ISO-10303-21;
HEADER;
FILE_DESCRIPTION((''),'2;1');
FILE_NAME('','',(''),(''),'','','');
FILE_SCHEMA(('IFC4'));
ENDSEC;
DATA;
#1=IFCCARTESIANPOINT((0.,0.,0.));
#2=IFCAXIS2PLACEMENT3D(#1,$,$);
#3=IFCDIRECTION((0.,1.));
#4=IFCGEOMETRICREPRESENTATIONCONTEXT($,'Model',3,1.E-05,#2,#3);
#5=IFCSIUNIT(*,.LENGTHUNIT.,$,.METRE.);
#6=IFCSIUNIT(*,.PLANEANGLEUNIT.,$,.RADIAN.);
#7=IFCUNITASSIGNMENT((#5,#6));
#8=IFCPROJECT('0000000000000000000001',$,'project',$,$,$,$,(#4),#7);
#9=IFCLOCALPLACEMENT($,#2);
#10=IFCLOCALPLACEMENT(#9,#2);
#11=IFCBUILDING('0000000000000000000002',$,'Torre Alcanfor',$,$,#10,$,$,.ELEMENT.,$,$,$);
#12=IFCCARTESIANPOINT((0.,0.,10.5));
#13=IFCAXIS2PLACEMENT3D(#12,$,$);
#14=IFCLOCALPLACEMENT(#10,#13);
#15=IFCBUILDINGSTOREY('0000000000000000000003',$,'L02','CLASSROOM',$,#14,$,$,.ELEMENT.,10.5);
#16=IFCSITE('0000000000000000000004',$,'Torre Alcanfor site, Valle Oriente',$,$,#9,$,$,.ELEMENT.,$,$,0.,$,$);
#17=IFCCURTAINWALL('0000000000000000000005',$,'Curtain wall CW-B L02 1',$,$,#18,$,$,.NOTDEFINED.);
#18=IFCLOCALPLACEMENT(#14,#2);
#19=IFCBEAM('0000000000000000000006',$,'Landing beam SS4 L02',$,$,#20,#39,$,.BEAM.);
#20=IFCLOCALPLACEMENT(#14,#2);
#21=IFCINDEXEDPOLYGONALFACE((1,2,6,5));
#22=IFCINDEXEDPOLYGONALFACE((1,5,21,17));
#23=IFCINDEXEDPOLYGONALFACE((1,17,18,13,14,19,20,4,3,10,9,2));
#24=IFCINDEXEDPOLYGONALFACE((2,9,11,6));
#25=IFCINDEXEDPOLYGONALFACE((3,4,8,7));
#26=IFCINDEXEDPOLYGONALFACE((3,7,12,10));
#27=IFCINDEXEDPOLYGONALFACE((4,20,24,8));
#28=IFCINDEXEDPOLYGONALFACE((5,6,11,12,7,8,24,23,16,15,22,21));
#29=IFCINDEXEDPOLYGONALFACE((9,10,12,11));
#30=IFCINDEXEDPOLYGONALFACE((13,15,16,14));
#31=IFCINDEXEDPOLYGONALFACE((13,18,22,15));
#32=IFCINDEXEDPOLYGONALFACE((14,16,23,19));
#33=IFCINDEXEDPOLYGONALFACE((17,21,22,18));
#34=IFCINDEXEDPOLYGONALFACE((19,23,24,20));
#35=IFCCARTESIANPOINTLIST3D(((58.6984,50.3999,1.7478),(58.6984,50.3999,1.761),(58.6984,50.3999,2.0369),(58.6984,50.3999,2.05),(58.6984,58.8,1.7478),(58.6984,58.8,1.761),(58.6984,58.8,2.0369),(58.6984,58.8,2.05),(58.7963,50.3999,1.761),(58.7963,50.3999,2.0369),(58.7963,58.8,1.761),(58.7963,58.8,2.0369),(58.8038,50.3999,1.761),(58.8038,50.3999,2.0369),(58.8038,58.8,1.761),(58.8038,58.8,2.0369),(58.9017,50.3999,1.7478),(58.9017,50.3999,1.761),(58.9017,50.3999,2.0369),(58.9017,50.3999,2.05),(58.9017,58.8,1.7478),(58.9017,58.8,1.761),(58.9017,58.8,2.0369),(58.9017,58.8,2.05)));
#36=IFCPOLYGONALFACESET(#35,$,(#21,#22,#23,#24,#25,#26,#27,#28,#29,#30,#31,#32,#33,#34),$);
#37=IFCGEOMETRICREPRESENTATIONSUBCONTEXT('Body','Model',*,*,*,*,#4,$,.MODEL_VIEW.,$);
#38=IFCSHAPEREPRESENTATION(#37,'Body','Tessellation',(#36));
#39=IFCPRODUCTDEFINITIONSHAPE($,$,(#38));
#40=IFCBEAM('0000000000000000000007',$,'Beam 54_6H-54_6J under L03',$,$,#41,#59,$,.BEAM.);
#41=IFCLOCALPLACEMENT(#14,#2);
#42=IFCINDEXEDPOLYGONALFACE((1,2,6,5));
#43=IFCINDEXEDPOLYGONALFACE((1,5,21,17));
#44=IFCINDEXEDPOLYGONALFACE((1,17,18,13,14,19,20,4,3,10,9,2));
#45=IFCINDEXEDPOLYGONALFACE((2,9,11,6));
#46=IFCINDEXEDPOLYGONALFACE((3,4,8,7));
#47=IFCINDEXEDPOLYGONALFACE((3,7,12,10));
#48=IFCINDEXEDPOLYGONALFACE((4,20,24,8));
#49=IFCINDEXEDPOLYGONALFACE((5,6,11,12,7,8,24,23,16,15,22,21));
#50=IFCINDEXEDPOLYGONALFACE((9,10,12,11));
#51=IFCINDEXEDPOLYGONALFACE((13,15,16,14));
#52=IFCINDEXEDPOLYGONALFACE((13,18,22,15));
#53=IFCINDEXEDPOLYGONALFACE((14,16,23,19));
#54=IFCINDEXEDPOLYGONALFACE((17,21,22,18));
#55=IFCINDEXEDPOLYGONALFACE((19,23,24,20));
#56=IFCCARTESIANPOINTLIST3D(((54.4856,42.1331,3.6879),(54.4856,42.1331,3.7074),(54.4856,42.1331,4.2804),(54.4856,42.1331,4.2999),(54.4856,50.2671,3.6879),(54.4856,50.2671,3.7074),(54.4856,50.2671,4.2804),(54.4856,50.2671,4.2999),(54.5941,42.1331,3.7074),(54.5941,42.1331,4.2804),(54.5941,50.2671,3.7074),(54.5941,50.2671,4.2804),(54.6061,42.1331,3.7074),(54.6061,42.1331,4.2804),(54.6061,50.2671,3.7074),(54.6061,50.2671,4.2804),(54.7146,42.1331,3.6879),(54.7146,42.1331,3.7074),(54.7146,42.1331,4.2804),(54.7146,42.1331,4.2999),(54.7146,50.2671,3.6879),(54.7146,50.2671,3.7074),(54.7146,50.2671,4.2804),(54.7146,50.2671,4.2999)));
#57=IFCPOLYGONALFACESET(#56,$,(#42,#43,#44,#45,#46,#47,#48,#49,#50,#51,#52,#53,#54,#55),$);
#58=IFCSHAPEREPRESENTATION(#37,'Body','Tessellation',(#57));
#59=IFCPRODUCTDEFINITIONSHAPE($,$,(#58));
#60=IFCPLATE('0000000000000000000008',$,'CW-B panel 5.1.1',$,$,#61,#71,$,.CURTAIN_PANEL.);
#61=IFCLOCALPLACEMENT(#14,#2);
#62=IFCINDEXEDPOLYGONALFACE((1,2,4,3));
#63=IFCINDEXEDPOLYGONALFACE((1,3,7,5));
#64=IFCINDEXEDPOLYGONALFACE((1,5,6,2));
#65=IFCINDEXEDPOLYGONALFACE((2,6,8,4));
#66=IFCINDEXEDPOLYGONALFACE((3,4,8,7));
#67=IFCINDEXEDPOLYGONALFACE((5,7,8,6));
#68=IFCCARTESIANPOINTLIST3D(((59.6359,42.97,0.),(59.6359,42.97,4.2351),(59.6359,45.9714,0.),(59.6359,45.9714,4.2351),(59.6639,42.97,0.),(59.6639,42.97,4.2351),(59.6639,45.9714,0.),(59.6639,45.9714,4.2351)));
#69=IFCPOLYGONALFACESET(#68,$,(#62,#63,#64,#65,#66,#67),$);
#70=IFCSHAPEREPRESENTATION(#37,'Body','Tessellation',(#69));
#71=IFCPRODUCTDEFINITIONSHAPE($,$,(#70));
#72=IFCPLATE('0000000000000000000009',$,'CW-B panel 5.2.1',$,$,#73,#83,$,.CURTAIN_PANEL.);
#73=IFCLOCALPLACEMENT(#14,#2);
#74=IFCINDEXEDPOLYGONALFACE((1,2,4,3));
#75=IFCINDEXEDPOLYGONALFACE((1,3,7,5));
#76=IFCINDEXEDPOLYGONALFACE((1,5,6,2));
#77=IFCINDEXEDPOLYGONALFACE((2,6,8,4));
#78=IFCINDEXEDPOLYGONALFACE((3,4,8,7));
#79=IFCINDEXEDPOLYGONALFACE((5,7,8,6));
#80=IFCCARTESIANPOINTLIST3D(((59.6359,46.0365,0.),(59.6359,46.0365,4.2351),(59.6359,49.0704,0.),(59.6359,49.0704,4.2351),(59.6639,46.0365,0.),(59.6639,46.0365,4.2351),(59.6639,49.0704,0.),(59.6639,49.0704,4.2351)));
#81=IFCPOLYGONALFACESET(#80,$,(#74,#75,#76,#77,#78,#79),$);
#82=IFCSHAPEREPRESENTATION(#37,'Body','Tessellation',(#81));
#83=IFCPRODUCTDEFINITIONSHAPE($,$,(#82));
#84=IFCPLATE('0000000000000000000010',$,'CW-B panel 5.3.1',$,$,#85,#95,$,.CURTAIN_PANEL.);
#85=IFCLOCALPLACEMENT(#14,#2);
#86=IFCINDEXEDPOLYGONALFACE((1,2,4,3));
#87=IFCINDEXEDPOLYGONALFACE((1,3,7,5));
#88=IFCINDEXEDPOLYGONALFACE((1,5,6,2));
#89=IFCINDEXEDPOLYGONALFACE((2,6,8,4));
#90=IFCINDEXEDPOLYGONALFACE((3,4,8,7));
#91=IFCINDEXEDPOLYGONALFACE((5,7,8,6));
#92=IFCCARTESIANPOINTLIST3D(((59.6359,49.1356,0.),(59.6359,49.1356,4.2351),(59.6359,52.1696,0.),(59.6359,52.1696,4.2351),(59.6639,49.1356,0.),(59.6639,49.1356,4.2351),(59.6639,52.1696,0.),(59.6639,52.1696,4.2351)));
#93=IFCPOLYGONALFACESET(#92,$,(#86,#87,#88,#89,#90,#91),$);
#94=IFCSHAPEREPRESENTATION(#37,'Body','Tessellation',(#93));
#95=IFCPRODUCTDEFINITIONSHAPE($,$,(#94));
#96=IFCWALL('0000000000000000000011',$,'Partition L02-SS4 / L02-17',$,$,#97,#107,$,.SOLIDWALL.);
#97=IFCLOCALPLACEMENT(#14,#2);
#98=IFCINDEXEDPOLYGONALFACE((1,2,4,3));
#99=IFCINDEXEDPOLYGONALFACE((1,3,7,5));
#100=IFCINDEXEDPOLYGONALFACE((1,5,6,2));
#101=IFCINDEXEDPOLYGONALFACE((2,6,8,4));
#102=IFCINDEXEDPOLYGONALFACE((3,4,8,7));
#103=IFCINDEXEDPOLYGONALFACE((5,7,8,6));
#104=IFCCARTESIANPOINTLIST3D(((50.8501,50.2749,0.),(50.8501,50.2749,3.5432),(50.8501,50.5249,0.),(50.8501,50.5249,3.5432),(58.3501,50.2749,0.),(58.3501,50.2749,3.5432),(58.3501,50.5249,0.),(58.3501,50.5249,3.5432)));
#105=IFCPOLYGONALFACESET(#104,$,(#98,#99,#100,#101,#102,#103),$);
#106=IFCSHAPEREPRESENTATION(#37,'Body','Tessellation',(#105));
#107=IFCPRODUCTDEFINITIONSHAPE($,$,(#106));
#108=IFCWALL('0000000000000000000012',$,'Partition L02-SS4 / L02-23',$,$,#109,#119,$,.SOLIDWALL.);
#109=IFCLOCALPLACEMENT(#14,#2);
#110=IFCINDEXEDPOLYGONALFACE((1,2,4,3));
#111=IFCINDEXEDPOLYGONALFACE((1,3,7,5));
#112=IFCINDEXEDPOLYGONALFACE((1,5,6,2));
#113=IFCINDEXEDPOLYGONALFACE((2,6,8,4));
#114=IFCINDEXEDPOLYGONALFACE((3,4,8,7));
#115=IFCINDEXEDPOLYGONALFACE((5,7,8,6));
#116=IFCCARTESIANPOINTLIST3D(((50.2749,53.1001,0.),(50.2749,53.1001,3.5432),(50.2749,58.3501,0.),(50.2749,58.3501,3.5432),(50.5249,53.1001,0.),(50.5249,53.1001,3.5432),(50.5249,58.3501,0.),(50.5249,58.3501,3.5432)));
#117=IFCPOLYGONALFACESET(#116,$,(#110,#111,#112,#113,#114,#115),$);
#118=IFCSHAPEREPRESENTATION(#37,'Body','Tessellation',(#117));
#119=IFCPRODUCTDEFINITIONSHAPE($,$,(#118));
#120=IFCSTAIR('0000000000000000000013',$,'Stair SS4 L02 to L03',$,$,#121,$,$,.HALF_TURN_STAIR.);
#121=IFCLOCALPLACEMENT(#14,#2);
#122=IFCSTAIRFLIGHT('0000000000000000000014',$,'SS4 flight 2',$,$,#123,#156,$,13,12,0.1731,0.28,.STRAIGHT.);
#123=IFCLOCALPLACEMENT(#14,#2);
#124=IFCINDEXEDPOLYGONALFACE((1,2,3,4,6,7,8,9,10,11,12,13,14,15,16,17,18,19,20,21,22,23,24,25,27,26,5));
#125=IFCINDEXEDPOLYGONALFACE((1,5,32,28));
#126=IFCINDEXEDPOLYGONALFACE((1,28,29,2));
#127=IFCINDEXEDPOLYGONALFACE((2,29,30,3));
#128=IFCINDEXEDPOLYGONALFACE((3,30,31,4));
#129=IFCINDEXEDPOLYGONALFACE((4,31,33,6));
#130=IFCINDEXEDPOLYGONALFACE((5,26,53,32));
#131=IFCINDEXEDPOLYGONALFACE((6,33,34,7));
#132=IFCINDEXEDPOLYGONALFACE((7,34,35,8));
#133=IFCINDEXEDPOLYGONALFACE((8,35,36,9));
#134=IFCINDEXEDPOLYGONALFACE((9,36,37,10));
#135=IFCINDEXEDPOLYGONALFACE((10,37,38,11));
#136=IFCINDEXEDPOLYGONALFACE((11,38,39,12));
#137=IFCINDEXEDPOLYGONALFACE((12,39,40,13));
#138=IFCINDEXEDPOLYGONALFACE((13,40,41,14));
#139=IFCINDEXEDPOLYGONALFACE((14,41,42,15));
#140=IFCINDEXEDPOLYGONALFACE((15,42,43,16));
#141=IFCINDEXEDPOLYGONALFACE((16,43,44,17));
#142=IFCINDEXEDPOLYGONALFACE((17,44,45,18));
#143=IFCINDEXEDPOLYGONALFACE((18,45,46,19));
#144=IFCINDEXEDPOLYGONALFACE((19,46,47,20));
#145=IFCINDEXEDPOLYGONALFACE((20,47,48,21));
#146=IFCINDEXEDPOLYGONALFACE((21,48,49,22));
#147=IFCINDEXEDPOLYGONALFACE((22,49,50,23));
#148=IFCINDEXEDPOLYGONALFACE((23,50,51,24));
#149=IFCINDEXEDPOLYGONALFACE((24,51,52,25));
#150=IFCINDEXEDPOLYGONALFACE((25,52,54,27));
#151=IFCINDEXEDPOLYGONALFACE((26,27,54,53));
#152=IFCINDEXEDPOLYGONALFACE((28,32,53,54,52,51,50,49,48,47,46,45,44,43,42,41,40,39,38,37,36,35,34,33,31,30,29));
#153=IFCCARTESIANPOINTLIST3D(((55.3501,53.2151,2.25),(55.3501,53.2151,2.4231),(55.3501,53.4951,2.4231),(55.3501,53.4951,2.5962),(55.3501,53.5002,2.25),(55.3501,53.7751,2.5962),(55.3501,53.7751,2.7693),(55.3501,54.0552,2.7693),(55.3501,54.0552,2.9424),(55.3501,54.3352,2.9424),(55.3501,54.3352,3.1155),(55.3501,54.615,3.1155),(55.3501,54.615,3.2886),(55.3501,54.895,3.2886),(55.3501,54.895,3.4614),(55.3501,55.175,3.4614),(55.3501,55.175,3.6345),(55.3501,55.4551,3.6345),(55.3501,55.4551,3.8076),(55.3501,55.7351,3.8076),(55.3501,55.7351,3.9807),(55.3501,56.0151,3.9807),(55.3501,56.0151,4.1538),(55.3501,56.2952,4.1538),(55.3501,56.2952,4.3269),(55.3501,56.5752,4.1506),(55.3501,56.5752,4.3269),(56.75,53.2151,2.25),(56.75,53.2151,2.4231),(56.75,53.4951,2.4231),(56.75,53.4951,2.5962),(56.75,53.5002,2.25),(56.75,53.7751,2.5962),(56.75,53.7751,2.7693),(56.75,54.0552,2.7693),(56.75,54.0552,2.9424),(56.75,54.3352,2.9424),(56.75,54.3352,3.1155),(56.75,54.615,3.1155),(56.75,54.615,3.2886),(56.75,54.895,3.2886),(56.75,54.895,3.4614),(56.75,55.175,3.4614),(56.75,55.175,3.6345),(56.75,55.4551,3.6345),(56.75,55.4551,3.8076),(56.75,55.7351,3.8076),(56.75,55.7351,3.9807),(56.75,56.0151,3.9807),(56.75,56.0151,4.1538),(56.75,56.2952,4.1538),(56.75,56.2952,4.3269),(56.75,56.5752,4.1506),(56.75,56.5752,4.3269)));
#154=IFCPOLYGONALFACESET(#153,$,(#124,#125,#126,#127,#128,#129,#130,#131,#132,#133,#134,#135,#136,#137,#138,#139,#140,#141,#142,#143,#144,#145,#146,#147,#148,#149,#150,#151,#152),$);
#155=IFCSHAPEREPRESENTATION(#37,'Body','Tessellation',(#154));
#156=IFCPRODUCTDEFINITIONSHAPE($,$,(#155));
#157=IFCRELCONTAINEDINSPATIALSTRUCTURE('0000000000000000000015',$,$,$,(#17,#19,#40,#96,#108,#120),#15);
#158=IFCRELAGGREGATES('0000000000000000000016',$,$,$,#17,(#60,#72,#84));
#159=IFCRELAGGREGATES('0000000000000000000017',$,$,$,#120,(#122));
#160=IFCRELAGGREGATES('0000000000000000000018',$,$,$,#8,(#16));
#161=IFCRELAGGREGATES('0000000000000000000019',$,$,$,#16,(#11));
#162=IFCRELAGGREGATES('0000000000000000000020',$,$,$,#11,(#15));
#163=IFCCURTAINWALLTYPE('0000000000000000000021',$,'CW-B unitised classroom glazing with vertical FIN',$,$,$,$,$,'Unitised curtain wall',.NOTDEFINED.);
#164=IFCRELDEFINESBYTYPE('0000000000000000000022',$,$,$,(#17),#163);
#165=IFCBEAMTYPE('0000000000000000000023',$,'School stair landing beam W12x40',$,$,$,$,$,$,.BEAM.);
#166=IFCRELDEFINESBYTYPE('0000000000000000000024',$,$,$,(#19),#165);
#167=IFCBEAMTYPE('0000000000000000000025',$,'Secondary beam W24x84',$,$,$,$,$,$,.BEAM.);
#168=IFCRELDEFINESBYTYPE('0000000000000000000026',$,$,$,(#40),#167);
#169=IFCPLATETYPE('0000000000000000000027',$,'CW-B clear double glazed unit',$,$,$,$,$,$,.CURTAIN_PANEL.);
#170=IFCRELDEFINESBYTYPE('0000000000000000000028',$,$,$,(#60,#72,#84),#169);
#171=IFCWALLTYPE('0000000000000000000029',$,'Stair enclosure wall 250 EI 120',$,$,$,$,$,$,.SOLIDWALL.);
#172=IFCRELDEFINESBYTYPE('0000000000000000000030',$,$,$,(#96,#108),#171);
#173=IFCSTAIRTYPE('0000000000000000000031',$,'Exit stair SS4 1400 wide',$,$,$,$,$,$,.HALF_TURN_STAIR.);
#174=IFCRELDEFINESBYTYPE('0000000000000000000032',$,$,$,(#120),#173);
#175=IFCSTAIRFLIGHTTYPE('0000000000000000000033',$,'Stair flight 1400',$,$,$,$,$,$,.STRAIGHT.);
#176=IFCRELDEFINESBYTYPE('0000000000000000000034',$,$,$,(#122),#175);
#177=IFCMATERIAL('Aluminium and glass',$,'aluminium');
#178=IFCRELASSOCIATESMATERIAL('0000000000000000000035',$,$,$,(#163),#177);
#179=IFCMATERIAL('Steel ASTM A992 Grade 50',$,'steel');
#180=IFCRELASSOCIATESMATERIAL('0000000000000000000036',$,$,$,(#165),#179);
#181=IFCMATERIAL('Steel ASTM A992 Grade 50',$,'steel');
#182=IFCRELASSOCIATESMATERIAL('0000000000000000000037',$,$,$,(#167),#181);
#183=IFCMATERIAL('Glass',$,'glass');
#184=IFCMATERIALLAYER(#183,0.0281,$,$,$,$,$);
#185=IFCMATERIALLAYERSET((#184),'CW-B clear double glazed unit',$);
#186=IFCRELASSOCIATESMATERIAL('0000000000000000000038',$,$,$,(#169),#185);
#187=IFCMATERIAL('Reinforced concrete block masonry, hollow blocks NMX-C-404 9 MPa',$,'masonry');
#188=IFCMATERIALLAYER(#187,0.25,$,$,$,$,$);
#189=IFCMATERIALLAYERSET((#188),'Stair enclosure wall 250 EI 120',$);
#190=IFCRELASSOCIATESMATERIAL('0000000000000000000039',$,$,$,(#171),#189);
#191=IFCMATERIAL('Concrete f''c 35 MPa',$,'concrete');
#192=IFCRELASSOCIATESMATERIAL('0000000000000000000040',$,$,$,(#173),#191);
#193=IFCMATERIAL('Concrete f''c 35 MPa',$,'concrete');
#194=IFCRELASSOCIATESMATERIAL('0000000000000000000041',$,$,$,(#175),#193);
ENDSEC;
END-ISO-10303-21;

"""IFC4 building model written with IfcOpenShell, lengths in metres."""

from ifc_helpers import new_model, si_unit, direction, frame, frame_2d, origin, origin_2d, place, context, subcontext, project, spatial, polyline, rectangle, i_section, outline, extrude, material, layer, layer_set, material_profile, profile_set, type_object, element, aggregate, save


model = new_model("IFC4")

# Units and contexts
model_context = context("Model", 3, precision=1e-05, world=origin(), true_north=direction((0.0, 1.0)))
body_context = subcontext(model_context, "Body", "Model", "MODEL_VIEW")
ifc_project = project(units=[si_unit("LENGTHUNIT", "METRE"), si_unit("PLANEANGLEUNIT", "RADIAN")], contexts=[model_context])

# Site, building, storey
site_placement = place(None, origin())
site = spatial("IfcSite", under=ifc_project, at=site_placement, Name="Torre Alcanfor site, Valle Oriente", CompositionType="ELEMENT", RefElevation=0.0)
building_placement = place(site_placement, origin())
building = spatial("IfcBuilding", under=site, at=building_placement, Name="Torre Alcanfor", CompositionType="ELEMENT")
storey_placement = place(building_placement, frame((0.0, 0.0, 10.5)))
storey = spatial("IfcBuildingStorey", under=building, at=storey_placement, Name="L02", Description="CLASSROOM", CompositionType="ELEMENT", Elevation=10.5)

# Curtain wall
ifc_material_1 = material(Name="Aluminium and glass", Category="aluminium")
curtain_wall_type = type_object("IfcCurtainWallType", Name="CW-B unitised classroom glazing with vertical FIN", ElementType="Unitised curtain wall", PredefinedType="NOTDEFINED", material=ifc_material_1)
curtain_wall_placement = place(storey_placement, origin())
curtain_wall = element("IfcCurtainWall", 1, at=curtain_wall_placement, inside=storey, type_object=curtain_wall_type, Name="Curtain wall CW-B L02 1", PredefinedType="NOTDEFINED")

# Beams
ifc_material_2 = material(Name="Steel ASTM A992 Grade 50", Category="steel")
ifc_material_profile_1 = material_profile(ifc_material_2, i_section(OverallWidth=0.2034, OverallDepth=0.3022, WebThickness=0.0076, FlangeThickness=0.0132, at=origin_2d()), Name="W12x40")
ifc_profile_set_1 = profile_set([ifc_material_profile_1], Name="Steel ASTM A992 Grade 50")
beam_type_1 = type_object("IfcBeamType", Name="School stair landing beam W12x40", PredefinedType="BEAM", material=ifc_profile_set_1)
beam_1_placement = place(storey_placement, frame((58.8, 50.3999, 1.8989), z_axis=(0.0, 1.0, 0.0), x_axis=(-1.0, 0.0, 0.0)))
element("IfcBeam", 2, at=beam_1_placement, inside=storey, type_object=beam_type_1, Name="Landing beam SS4 L02", PredefinedType="BEAM", context=body_context, shape_type="SweptSolid", body=[
    extrude(i_section(OverallWidth=0.2034, OverallDepth=0.3022, WebThickness=0.0076, FlangeThickness=0.0132, at=origin_2d()), origin(), (0.0, 0.0, 1.0), 8.4001),
])
ifc_material_3 = material(Name="Steel ASTM A992 Grade 50", Category="steel")
ifc_material_profile_2 = material_profile(ifc_material_3, i_section(OverallWidth=0.229, OverallDepth=0.6121, WebThickness=0.012, FlangeThickness=0.0195, at=origin_2d()), Name="W24x84")
ifc_profile_set_2 = profile_set([ifc_material_profile_2], Name="Steel ASTM A992 Grade 50")
beam_type_2 = type_object("IfcBeamType", Name="Secondary beam W24x84", PredefinedType="BEAM", material=ifc_profile_set_2)
beam_2_placement = place(storey_placement, frame((54.6001, 42.1331, 3.9939), z_axis=(0.0, 1.0, 0.0), x_axis=(-1.0, 0.0, 0.0)))
element("IfcBeam", 3, at=beam_2_placement, inside=storey, type_object=beam_type_2, Name="Beam 54_6H-54_6J under L03", PredefinedType="BEAM", context=body_context, shape_type="SweptSolid", body=[
    extrude(i_section(OverallWidth=0.229, OverallDepth=0.6121, WebThickness=0.012, FlangeThickness=0.0195, at=origin_2d()), origin(), (0.0, 0.0, 1.0), 8.134),
])

# Plates
ifc_material_4 = material(Name="Glass", Category="glass")
ifc_layer_1 = layer(ifc_material_4, 0.0281)
ifc_layer_set_1 = layer_set([ifc_layer_1], Name="CW-B clear double glazed unit")
plate_type = type_object("IfcPlateType", Name="CW-B clear double glazed unit", PredefinedType="CURTAIN_PANEL", material=ifc_layer_set_1)
plate_1_placement = place(storey_placement, frame((59.6499, 44.4707, 0.0), z_axis=(0.0, 0.0, 1.0), x_axis=(0.0, 1.0, 0.0)))
plate_1 = element("IfcPlate", 4, at=plate_1_placement, type_object=plate_type, Name="CW-B panel 5.1.1", PredefinedType="CURTAIN_PANEL", context=body_context, shape_type="SweptSolid", body=[
    extrude(rectangle(XDim=3.0015, YDim=0.0281, at=origin_2d()), origin(), (0.0, 0.0, 1.0), 4.2351),
])
plate_2_placement = place(storey_placement, frame((59.6499, 47.5535, 0.0), z_axis=(0.0, 0.0, 1.0), x_axis=(0.0, 1.0, 0.0)))
plate_2 = element("IfcPlate", 5, at=plate_2_placement, type_object=plate_type, Name="CW-B panel 5.2.1", PredefinedType="CURTAIN_PANEL", context=body_context, shape_type="SweptSolid", body=[
    extrude(rectangle(XDim=3.0339, YDim=0.0281, at=origin_2d()), origin(), (0.0, 0.0, 1.0), 4.2351),
])
plate_3_placement = place(storey_placement, frame((59.6499, 50.6526, 0.0), z_axis=(0.0, 0.0, 1.0), x_axis=(0.0, 1.0, 0.0)))
plate_3 = element("IfcPlate", 6, at=plate_3_placement, type_object=plate_type, Name="CW-B panel 5.3.1", PredefinedType="CURTAIN_PANEL", context=body_context, shape_type="SweptSolid", body=[
    extrude(rectangle(XDim=3.0339, YDim=0.0281, at=origin_2d()), origin(), (0.0, 0.0, 1.0), 4.2351),
])
aggregate(curtain_wall, [plate_1, plate_2, plate_3])

# Walls
ifc_material_5 = material(Name="Reinforced concrete block masonry, hollow blocks NMX-C-404 9 MPa", Category="masonry")
ifc_layer_2 = layer(ifc_material_5, 0.25)
ifc_layer_set_2 = layer_set([ifc_layer_2], Name="Stair enclosure wall 250 EI 120")
wall_type = type_object("IfcWallType", Name="Stair enclosure wall 250 EI 120", PredefinedType="SOLIDWALL", material=ifc_layer_set_2)
wall_1_placement = place(storey_placement, frame((58.3501, 50.3999, 0.0), z_axis=(0.0, 0.0, 1.0), x_axis=(-1.0, 0.0, 0.0)))
element("IfcWall", 7, at=wall_1_placement, inside=storey, type_object=wall_type, Name="Partition L02-SS4 / L02-17", PredefinedType="SOLIDWALL", context=body_context, shape_type="SweptSolid", body=[
    extrude(rectangle(XDim=7.5, YDim=0.25, at=frame_2d((3.75, 0.0))), origin(), (0.0, 0.0, 1.0), 3.5432),
])
wall_2_placement = place(storey_placement, frame((50.3999, 53.1001, 0.0), z_axis=(0.0, 0.0, 1.0), x_axis=(0.0, 1.0, 0.0)))
element("IfcWall", 8, at=wall_2_placement, inside=storey, type_object=wall_type, Name="Partition L02-SS4 / L02-23", PredefinedType="SOLIDWALL", context=body_context, shape_type="SweptSolid", body=[
    extrude(rectangle(XDim=5.25, YDim=0.25, at=frame_2d((2.625, 0.0))), origin(), (0.0, 0.0, 1.0), 3.5432),
])

# Stair, stair flight
ifc_material_6 = material(Name="Concrete f'c 35 MPa", Category="concrete")
stair_type = type_object("IfcStairType", Name="Exit stair SS4 1400 wide", PredefinedType="HALF_TURN_STAIR", material=ifc_material_6)
stair_placement = place(storey_placement, origin())
stair = element("IfcStair", 9, at=stair_placement, inside=storey, type_object=stair_type, Name="Stair SS4 L02 to L03", PredefinedType="HALF_TURN_STAIR")
ifc_material_7 = material(Name="Concrete f'c 35 MPa", Category="concrete")
stair_flight_type = type_object("IfcStairFlightType", Name="Stair flight 1400", PredefinedType="STRAIGHT", material=ifc_material_7)
stair_flight_placement = place(storey_placement, frame((56.05, 53.2151, 2.25), z_axis=(0.0, 0.0, 1.0), x_axis=(0.0, 1.0, 0.0)))
stair_flight = element("IfcStairFlight", 10, at=stair_flight_placement, type_object=stair_flight_type, Name="SS4 flight 2", NumberOfRisers=13, NumberOfTreads=12, PredefinedType="STRAIGHT", RiserHeight=0.1731, TreadLength=0.28, context=body_context, shape_type="SweptSolid", body=[
    extrude(outline(polyline([(0.0, 0.0), (0.0, 0.1731), (0.28, 0.1731), (0.28, 0.3462), (0.5601, 0.3462), (0.5601, 0.5193), (0.8401, 0.5193), (0.8401, 0.6924), (1.1201, 0.6924), (1.1201, 0.8655), (1.3999, 0.8655), (1.3999, 1.0386), (1.6799, 1.0386), (1.6799, 1.2114), (1.96, 1.2114), (1.96, 1.3845), (2.24, 1.3845), (2.24, 1.5576), (2.52, 1.5576), (2.52, 1.7307), (2.8, 1.7307), (2.8, 1.9038), (3.0801, 1.9038), (3.0801, 2.0769), (3.3601, 2.0769), (3.3601, 2.25), (3.3601, 1.9006), (0.2852, 0.0), (0.0, 0.0)])), frame((0.0, 0.7, 0.0), z_axis=(0.0, -1.0, 0.0), x_axis=(1.0, 0.0, 0.0)), (0.0, 0.0, 1.0), 1.3999),
])
aggregate(stair, [stair_flight])

save(model, "model.ifc")
